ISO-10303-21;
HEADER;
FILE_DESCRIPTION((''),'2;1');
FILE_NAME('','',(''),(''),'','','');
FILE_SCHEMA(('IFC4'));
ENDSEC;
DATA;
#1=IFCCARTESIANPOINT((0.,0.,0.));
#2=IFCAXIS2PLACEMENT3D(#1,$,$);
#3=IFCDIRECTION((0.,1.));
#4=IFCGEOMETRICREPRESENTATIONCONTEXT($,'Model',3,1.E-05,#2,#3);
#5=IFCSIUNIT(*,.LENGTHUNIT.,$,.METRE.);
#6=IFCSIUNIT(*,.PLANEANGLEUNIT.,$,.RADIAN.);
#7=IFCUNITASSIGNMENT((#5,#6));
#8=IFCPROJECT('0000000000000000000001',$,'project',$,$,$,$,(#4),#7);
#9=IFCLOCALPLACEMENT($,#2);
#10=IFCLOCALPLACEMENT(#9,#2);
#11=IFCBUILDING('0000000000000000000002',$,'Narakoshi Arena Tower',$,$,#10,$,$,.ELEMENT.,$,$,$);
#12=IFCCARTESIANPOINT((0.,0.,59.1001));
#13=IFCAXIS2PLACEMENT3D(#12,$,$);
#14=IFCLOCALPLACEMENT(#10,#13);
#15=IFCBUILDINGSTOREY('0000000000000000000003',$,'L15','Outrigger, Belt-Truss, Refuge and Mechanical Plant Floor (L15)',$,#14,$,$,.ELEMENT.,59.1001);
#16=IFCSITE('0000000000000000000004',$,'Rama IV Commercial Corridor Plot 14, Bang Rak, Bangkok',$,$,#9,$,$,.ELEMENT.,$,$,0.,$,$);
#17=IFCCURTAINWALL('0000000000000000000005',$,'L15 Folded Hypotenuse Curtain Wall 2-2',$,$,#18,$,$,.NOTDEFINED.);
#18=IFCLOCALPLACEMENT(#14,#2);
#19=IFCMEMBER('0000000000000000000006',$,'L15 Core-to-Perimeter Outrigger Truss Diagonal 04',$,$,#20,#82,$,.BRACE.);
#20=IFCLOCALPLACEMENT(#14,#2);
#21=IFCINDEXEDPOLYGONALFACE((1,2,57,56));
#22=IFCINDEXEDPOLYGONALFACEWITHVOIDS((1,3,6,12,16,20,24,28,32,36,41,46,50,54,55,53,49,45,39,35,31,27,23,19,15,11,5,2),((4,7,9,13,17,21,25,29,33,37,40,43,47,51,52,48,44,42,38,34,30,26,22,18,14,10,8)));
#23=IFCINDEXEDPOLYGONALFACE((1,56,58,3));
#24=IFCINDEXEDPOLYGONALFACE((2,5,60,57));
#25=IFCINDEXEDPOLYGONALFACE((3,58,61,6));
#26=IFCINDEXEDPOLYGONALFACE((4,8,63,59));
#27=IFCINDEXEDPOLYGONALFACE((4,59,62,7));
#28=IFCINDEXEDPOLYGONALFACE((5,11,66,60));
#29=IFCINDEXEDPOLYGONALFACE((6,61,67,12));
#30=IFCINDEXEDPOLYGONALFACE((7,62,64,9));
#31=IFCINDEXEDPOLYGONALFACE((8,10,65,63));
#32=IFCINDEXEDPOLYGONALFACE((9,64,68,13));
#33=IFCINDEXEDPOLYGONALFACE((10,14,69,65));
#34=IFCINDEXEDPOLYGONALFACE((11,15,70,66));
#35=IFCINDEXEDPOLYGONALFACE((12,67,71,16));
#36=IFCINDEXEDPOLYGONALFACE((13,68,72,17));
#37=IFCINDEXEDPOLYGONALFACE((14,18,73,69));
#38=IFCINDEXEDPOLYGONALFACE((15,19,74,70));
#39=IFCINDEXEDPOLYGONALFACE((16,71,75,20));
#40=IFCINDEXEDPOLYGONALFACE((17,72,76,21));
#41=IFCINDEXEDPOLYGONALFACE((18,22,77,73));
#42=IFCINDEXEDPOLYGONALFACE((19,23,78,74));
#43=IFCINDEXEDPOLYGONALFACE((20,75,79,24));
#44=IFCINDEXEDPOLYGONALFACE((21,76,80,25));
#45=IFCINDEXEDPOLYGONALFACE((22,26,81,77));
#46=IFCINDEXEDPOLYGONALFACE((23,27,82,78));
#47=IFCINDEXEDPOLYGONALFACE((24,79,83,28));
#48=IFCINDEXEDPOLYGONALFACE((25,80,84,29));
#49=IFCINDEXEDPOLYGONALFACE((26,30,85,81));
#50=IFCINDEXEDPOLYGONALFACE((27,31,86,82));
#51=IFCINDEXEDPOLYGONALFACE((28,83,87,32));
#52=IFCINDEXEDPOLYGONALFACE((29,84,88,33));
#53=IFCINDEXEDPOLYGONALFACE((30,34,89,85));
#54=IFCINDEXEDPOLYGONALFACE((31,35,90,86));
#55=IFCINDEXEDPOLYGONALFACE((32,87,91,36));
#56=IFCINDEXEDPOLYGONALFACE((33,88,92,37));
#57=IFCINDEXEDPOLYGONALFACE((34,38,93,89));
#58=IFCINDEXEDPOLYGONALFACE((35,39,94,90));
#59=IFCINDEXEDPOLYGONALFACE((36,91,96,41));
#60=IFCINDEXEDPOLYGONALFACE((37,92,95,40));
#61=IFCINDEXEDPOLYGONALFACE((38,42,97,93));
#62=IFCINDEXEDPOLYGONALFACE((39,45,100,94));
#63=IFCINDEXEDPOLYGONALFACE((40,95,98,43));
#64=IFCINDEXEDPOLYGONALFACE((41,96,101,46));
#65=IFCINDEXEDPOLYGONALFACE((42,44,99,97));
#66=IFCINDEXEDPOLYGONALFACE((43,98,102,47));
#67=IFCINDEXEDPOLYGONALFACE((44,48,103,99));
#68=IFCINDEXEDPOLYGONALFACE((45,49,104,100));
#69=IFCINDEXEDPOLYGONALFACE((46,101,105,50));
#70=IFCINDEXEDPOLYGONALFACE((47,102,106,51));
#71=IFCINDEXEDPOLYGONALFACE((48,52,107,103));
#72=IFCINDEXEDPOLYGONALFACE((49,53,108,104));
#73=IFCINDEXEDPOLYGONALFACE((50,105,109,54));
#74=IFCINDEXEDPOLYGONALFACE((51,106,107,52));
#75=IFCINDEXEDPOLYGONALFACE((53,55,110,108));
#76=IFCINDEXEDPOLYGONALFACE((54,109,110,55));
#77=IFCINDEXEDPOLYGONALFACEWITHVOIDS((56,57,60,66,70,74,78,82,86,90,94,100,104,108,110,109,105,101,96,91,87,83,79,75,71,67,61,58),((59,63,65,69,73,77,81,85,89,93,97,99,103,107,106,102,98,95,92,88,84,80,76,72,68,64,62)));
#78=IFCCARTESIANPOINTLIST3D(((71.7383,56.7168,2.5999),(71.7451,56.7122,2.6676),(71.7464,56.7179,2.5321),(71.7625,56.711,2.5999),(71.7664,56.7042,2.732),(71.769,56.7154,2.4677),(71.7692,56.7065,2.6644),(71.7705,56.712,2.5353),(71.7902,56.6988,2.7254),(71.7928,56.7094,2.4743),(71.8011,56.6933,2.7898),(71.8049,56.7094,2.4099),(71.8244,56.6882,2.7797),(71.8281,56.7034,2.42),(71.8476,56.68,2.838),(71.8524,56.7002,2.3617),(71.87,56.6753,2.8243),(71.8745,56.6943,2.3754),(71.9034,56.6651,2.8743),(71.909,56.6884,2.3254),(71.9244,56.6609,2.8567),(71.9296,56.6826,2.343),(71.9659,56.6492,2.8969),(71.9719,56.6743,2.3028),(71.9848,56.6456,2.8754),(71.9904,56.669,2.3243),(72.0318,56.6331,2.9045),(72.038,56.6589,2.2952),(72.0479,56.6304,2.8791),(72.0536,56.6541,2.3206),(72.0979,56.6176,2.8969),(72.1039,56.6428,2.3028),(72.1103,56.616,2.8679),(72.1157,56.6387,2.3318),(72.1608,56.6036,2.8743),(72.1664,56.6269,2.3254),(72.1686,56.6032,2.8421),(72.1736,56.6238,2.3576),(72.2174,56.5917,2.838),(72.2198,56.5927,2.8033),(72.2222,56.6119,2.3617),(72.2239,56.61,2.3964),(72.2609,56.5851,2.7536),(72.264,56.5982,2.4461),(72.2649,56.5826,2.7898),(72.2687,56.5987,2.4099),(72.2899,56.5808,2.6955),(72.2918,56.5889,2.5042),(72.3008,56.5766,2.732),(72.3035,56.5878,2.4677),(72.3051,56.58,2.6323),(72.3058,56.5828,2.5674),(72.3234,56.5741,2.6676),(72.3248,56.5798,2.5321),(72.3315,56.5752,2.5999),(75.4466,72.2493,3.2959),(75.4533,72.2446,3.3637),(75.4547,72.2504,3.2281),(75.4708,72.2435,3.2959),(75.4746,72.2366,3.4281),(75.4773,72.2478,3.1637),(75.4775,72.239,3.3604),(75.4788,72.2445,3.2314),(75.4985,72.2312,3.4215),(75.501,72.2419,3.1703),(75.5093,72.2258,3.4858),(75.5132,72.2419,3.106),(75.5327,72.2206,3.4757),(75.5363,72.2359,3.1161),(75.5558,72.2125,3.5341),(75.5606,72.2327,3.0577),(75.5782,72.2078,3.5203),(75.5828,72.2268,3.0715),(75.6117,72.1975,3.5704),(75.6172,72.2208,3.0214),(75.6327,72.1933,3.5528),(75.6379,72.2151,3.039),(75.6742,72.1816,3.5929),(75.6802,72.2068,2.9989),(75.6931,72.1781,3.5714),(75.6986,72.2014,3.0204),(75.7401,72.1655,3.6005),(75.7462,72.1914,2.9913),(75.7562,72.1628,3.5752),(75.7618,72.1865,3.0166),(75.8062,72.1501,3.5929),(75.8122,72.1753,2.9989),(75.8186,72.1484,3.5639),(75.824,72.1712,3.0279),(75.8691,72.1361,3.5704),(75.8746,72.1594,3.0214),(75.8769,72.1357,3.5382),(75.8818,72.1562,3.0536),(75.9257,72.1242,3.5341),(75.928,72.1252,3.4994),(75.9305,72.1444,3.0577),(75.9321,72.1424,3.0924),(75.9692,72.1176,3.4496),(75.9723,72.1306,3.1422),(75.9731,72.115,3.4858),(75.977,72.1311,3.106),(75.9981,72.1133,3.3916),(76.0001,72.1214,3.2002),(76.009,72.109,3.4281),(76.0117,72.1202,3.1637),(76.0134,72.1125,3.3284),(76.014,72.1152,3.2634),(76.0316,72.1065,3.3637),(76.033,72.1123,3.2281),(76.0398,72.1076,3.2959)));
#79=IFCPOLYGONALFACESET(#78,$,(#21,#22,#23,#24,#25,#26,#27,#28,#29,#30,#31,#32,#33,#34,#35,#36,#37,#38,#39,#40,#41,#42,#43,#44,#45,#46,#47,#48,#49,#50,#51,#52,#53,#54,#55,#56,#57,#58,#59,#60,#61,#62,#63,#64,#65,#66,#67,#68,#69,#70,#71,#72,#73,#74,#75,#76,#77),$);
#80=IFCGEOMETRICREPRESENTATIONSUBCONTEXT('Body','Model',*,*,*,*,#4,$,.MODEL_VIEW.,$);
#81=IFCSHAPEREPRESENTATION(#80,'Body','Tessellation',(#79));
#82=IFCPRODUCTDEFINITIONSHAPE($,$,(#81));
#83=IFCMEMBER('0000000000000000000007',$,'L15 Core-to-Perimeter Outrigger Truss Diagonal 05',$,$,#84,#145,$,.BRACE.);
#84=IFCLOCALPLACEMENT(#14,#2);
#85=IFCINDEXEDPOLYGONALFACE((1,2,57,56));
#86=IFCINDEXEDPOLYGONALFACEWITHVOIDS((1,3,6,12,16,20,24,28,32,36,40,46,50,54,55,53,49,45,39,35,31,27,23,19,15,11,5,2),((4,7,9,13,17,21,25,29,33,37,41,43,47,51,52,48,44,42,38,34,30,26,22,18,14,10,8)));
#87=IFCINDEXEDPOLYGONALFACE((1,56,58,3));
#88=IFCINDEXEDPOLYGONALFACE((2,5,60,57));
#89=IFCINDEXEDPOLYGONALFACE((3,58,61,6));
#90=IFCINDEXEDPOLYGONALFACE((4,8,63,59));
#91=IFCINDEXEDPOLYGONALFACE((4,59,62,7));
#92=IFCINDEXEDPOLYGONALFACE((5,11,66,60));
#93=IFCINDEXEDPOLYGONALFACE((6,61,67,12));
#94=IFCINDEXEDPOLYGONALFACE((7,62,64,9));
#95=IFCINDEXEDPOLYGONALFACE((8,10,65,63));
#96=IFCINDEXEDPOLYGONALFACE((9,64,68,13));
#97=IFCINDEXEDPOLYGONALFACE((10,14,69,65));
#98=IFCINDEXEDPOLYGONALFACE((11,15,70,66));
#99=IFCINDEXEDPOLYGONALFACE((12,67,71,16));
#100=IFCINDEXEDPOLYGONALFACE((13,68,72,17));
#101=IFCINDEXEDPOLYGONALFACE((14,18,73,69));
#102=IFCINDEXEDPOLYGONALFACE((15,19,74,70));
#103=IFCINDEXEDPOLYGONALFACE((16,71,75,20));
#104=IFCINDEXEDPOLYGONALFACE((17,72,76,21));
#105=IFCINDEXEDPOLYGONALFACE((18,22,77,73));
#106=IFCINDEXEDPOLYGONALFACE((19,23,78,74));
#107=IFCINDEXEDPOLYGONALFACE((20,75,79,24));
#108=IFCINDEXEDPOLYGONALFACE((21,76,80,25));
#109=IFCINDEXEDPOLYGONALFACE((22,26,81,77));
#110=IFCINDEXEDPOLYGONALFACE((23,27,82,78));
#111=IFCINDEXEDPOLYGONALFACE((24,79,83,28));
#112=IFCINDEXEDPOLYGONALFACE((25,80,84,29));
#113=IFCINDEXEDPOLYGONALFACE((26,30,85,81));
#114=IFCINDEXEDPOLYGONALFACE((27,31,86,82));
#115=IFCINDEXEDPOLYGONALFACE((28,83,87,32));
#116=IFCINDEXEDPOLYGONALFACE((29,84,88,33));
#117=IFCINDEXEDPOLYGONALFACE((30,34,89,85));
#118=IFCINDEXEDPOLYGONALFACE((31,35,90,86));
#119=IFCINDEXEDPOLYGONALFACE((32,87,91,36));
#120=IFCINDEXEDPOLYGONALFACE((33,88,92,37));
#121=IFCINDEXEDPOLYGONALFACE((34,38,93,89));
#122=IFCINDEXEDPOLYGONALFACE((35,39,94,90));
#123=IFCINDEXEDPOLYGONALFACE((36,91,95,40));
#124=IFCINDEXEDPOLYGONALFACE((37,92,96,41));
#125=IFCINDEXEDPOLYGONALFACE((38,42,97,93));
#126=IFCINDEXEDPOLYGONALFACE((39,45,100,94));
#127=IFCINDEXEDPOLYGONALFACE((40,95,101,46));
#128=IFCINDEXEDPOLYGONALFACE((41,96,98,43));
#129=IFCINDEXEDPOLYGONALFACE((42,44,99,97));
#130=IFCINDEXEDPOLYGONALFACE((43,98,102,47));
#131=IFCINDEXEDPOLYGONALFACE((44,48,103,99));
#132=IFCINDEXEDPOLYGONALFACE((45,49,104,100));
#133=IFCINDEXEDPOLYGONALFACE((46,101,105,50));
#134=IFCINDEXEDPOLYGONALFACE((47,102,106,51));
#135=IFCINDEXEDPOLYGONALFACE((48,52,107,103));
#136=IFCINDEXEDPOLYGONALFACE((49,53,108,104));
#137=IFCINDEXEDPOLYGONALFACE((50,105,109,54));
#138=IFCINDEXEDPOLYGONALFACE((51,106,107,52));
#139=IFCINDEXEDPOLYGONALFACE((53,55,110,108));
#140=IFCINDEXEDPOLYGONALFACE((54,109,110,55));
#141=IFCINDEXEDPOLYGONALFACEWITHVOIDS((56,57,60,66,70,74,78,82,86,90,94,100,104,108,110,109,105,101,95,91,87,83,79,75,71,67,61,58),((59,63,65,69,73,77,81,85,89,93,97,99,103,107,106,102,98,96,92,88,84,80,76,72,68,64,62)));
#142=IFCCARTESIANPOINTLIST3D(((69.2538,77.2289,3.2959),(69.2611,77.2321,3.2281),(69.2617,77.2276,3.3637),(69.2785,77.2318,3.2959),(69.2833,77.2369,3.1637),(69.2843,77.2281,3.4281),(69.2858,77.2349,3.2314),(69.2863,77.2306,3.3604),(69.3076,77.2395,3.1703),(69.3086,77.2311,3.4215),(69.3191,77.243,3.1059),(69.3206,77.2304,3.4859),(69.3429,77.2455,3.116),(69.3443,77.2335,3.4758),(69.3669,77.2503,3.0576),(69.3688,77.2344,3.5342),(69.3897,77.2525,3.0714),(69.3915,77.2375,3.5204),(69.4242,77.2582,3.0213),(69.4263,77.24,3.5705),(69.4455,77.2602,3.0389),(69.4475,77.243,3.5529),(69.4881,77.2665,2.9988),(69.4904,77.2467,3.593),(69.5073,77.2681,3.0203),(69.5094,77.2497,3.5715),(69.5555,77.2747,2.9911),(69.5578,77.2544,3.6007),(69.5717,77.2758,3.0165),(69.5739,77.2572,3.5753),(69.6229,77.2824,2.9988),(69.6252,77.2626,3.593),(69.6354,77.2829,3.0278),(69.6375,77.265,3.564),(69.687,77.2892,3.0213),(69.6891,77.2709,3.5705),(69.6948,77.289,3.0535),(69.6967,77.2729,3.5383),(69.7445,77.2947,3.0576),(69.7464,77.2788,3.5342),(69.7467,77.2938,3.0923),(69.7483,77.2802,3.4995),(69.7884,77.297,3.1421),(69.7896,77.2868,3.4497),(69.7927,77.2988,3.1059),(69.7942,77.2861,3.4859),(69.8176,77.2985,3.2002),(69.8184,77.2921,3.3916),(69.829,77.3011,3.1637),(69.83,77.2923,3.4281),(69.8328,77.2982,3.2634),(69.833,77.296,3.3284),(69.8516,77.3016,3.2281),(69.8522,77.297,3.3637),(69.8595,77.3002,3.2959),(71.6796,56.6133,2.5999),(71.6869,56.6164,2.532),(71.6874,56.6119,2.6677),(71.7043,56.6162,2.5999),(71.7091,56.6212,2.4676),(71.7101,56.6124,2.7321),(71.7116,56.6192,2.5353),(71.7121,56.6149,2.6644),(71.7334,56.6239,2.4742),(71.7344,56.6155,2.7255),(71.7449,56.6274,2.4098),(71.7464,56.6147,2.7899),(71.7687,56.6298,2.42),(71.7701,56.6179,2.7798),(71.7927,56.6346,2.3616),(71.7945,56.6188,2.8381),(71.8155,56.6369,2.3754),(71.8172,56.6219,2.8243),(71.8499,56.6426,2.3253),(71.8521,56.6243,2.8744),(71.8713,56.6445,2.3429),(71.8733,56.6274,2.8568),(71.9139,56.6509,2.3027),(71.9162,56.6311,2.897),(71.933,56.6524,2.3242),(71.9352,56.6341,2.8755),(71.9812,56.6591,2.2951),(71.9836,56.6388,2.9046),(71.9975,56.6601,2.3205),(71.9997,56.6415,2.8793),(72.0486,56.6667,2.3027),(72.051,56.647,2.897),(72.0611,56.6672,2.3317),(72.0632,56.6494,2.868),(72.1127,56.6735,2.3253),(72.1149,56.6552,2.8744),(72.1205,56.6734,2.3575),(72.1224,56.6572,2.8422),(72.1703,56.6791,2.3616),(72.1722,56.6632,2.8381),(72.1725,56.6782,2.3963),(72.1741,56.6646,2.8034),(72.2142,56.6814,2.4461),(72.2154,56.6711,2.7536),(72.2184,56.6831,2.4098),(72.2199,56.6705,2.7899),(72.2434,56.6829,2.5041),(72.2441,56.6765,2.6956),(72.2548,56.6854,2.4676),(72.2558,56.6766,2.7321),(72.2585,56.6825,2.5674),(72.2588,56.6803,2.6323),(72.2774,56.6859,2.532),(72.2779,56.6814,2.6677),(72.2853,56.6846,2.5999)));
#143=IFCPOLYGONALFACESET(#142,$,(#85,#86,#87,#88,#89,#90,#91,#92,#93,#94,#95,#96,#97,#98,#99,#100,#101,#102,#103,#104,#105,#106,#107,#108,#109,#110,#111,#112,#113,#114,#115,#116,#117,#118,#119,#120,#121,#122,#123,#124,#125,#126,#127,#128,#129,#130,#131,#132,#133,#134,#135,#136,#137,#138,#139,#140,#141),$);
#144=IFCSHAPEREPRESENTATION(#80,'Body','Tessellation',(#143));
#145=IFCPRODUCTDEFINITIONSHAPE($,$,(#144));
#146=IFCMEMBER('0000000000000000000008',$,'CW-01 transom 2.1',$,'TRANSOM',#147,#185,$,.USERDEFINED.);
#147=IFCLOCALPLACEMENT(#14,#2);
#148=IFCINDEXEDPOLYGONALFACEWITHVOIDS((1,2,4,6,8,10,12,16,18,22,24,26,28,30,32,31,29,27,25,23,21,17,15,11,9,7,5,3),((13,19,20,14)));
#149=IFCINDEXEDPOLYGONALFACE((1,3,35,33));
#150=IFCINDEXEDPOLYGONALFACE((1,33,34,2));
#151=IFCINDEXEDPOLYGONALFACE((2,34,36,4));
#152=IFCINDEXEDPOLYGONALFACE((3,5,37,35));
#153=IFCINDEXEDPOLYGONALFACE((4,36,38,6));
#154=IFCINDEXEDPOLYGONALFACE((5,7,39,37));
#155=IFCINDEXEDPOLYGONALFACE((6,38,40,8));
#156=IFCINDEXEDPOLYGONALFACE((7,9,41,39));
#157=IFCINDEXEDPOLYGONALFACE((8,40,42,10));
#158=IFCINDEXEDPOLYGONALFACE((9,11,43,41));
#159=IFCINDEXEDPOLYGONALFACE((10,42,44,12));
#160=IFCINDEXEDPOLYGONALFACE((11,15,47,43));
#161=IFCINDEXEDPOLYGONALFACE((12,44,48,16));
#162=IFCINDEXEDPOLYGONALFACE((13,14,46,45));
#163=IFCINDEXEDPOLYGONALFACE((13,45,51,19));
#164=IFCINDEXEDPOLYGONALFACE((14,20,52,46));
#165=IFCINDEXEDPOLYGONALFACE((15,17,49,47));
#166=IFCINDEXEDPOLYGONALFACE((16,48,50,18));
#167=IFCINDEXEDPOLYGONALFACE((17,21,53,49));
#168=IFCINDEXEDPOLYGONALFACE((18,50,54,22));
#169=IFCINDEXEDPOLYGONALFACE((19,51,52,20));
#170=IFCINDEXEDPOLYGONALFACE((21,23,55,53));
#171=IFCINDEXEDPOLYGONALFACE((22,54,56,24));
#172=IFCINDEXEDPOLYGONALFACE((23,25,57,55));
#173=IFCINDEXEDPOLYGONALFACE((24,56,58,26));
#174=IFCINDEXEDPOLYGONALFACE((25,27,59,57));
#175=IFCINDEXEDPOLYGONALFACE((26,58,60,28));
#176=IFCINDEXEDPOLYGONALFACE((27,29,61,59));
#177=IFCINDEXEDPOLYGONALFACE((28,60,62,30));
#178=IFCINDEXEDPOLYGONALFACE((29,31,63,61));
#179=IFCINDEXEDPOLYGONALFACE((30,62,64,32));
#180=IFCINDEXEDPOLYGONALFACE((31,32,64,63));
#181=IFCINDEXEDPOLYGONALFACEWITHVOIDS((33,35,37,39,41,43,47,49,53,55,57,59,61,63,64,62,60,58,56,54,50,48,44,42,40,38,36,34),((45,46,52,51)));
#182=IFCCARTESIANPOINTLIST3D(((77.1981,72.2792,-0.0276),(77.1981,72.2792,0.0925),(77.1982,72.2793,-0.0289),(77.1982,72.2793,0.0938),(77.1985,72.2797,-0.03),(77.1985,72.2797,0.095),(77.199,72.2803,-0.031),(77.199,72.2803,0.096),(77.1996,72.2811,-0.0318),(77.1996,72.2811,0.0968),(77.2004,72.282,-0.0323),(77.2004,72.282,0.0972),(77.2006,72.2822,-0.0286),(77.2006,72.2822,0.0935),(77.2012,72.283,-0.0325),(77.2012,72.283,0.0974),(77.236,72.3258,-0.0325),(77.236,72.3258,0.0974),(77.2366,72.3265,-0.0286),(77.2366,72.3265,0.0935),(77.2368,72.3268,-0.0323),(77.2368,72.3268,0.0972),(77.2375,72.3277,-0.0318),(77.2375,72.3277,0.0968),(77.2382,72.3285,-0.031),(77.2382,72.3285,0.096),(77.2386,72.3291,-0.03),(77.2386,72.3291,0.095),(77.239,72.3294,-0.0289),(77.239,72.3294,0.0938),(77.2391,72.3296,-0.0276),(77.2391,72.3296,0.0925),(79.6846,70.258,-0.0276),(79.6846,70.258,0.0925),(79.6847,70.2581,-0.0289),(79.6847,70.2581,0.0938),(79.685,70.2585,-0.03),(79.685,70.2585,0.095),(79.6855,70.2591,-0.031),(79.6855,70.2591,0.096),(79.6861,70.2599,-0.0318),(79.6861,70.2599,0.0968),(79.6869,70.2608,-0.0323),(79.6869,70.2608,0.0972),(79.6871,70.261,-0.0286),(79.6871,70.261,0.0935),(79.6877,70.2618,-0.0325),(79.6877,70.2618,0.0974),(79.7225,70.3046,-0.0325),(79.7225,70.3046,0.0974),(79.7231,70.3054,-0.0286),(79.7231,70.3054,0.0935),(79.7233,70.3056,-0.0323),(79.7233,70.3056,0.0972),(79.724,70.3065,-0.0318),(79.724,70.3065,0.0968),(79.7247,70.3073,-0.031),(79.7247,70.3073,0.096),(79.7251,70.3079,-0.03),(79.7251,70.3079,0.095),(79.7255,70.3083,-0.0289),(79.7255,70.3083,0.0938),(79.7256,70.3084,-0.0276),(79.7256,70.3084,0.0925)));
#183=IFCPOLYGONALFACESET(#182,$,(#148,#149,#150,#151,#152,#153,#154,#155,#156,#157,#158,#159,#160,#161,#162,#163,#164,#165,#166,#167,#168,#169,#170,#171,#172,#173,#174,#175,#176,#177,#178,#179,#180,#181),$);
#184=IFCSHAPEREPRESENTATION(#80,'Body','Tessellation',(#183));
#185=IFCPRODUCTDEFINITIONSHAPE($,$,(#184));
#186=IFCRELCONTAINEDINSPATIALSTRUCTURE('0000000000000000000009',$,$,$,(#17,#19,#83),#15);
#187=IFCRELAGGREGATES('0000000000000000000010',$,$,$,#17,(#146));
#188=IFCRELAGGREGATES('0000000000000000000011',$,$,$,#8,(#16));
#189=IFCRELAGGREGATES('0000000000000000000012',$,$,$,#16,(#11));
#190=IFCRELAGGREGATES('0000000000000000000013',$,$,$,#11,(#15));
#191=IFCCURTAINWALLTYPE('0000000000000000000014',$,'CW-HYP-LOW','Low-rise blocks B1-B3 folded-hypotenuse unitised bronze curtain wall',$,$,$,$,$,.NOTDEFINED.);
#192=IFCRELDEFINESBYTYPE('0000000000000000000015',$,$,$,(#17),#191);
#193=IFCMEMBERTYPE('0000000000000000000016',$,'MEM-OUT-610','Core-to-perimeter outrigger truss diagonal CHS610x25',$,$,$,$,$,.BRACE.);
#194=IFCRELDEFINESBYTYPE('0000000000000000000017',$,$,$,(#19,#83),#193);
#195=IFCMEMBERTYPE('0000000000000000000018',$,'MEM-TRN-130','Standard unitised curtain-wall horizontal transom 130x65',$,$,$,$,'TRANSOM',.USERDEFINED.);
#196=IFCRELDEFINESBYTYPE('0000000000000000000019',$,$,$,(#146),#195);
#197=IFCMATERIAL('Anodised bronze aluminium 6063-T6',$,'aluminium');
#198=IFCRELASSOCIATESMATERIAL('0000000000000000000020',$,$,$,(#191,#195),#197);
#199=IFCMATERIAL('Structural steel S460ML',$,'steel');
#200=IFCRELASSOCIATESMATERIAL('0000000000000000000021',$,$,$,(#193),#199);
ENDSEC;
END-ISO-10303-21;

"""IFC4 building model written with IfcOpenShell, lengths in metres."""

from ifc_helpers import new_model, si_unit, direction, frame, origin, origin_2d, place, context, subcontext, project, spatial, hollow_rectangle, hollow_circle, extrude, material, material_profile, profile_set, type_object, element, aggregate, save


model = new_model("IFC4")

# Units and contexts
model_context = context("Model", 3, precision=1e-05, world=origin(), true_north=direction((0.0, 1.0)))
body_context = subcontext(model_context, "Body", "Model", "MODEL_VIEW")
ifc_project = project(units=[si_unit("LENGTHUNIT", "METRE"), si_unit("PLANEANGLEUNIT", "RADIAN")], contexts=[model_context])

# Site, building, storey
site_placement = place(None, origin())
site = spatial("IfcSite", under=ifc_project, at=site_placement, Name="Rama IV Commercial Corridor Plot 14, Bang Rak, Bangkok", CompositionType="ELEMENT", RefElevation=0.0)
building_placement = place(site_placement, origin())
building = spatial("IfcBuilding", under=site, at=building_placement, Name="Narakoshi Arena Tower", CompositionType="ELEMENT")
storey_placement = place(building_placement, frame((0.0, 0.0, 59.1001)))
storey = spatial("IfcBuildingStorey", under=building, at=storey_placement, Name="L15", Description="Outrigger, Belt-Truss, Refuge and Mechanical Plant Floor (L15)", CompositionType="ELEMENT", Elevation=59.1001)

# Shared definitions
ifc_material_1 = material(Name="Structural steel S460ML", Category="steel")

# Curtain wall
ifc_material_2 = material(Name="Anodised bronze aluminium 6063-T6", Category="aluminium")
curtain_wall_type = type_object("IfcCurtainWallType", Name="CW-HYP-LOW", Description="Low-rise blocks B1-B3 folded-hypotenuse unitised bronze curtain wall", PredefinedType="NOTDEFINED", material=ifc_material_2)
curtain_wall_placement = place(storey_placement, origin())
curtain_wall = element("IfcCurtainWall", 1, at=curtain_wall_placement, inside=storey, type_object=curtain_wall_type, Name="L15 Folded Hypotenuse Curtain Wall 2-2", PredefinedType="NOTDEFINED")

# Members
ifc_material_profile_1 = material_profile(ifc_material_1, hollow_circle(Radius=0.3049, WallThickness=0.0249, at=origin_2d()), Name="CHS610x25")
ifc_profile_set_1 = profile_set([ifc_material_profile_1], Name="Structural steel S460ML")
member_type_1 = type_object("IfcMemberType", Name="MEM-OUT-610", Description="Core-to-perimeter outrigger truss diagonal CHS610x25", PredefinedType="BRACE", material=ifc_profile_set_1)
member_1_placement = place(storey_placement, frame((72.0349, 56.646, 2.5999), z_axis=(0.231995, 0.971742, 0.043546), x_axis=(-0.972664, 0.232216, 0.0)))
element("IfcMember", 2, at=member_1_placement, inside=storey, type_object=member_type_1, Name="L15 Core-to-Perimeter Outrigger Truss Diagonal 04", PredefinedType="BRACE", context=body_context, shape_type="SweptSolid", body=[
    extrude(hollow_circle(Radius=0.3049, WallThickness=0.0249, at=origin_2d()), origin(), (0.0, 0.0, 1.0), 15.9841),
])
member_2_placement = place(storey_placement, frame((71.9824, 56.6489, 2.5999), z_axis=(-0.116795, 0.99259, 0.033513), x_axis=(-0.993148, -0.11686, 0.0)))
element("IfcMember", 3, at=member_2_placement, inside=storey, type_object=member_type_1, Name="L15 Core-to-Perimeter Outrigger Truss Diagonal 05", PredefinedType="BRACE", context=body_context, shape_type="SweptSolid", body=[
    extrude(hollow_circle(Radius=0.3049, WallThickness=0.0249, at=origin_2d()), origin(), (0.0, 0.0, 1.0), 20.7695),
])

# Member
ifc_material_profile_2 = material_profile(ifc_material_2, hollow_rectangle(XDim=0.0649, YDim=0.1299, WallThickness=0.0039, OuterFilletRadius=0.0049, at=origin_2d()), Name="TRN130x65x4")
ifc_profile_set_2 = profile_set([ifc_material_profile_2], Name="Anodised bronze aluminium 6063-T6")
member_type_2 = type_object("IfcMemberType", Name="MEM-TRN-130", Description="Standard unitised curtain-wall horizontal transom 130x65", ElementType="TRANSOM", PredefinedType="USERDEFINED", material=ifc_profile_set_2)
member_3_placement = place(storey_placement, frame((79.7051, 70.2832, 0.0325), z_axis=(-0.775976, 0.630762, 0.0), x_axis=(-0.630762, -0.775976, 0.0)))
member_3 = element("IfcMember", 4, at=member_3_placement, type_object=member_type_2, Name="CW-01 transom 2.1", ObjectType="TRANSOM", PredefinedType="USERDEFINED", context=body_context, shape_type="SweptSolid", body=[
    extrude(hollow_rectangle(XDim=0.0649, YDim=0.1299, WallThickness=0.0039, OuterFilletRadius=0.0049, at=origin_2d()), origin(), (0.0, 0.0, 1.0), 3.2043),
])
aggregate(curtain_wall, [member_3])

save(model, "model.ifc")
